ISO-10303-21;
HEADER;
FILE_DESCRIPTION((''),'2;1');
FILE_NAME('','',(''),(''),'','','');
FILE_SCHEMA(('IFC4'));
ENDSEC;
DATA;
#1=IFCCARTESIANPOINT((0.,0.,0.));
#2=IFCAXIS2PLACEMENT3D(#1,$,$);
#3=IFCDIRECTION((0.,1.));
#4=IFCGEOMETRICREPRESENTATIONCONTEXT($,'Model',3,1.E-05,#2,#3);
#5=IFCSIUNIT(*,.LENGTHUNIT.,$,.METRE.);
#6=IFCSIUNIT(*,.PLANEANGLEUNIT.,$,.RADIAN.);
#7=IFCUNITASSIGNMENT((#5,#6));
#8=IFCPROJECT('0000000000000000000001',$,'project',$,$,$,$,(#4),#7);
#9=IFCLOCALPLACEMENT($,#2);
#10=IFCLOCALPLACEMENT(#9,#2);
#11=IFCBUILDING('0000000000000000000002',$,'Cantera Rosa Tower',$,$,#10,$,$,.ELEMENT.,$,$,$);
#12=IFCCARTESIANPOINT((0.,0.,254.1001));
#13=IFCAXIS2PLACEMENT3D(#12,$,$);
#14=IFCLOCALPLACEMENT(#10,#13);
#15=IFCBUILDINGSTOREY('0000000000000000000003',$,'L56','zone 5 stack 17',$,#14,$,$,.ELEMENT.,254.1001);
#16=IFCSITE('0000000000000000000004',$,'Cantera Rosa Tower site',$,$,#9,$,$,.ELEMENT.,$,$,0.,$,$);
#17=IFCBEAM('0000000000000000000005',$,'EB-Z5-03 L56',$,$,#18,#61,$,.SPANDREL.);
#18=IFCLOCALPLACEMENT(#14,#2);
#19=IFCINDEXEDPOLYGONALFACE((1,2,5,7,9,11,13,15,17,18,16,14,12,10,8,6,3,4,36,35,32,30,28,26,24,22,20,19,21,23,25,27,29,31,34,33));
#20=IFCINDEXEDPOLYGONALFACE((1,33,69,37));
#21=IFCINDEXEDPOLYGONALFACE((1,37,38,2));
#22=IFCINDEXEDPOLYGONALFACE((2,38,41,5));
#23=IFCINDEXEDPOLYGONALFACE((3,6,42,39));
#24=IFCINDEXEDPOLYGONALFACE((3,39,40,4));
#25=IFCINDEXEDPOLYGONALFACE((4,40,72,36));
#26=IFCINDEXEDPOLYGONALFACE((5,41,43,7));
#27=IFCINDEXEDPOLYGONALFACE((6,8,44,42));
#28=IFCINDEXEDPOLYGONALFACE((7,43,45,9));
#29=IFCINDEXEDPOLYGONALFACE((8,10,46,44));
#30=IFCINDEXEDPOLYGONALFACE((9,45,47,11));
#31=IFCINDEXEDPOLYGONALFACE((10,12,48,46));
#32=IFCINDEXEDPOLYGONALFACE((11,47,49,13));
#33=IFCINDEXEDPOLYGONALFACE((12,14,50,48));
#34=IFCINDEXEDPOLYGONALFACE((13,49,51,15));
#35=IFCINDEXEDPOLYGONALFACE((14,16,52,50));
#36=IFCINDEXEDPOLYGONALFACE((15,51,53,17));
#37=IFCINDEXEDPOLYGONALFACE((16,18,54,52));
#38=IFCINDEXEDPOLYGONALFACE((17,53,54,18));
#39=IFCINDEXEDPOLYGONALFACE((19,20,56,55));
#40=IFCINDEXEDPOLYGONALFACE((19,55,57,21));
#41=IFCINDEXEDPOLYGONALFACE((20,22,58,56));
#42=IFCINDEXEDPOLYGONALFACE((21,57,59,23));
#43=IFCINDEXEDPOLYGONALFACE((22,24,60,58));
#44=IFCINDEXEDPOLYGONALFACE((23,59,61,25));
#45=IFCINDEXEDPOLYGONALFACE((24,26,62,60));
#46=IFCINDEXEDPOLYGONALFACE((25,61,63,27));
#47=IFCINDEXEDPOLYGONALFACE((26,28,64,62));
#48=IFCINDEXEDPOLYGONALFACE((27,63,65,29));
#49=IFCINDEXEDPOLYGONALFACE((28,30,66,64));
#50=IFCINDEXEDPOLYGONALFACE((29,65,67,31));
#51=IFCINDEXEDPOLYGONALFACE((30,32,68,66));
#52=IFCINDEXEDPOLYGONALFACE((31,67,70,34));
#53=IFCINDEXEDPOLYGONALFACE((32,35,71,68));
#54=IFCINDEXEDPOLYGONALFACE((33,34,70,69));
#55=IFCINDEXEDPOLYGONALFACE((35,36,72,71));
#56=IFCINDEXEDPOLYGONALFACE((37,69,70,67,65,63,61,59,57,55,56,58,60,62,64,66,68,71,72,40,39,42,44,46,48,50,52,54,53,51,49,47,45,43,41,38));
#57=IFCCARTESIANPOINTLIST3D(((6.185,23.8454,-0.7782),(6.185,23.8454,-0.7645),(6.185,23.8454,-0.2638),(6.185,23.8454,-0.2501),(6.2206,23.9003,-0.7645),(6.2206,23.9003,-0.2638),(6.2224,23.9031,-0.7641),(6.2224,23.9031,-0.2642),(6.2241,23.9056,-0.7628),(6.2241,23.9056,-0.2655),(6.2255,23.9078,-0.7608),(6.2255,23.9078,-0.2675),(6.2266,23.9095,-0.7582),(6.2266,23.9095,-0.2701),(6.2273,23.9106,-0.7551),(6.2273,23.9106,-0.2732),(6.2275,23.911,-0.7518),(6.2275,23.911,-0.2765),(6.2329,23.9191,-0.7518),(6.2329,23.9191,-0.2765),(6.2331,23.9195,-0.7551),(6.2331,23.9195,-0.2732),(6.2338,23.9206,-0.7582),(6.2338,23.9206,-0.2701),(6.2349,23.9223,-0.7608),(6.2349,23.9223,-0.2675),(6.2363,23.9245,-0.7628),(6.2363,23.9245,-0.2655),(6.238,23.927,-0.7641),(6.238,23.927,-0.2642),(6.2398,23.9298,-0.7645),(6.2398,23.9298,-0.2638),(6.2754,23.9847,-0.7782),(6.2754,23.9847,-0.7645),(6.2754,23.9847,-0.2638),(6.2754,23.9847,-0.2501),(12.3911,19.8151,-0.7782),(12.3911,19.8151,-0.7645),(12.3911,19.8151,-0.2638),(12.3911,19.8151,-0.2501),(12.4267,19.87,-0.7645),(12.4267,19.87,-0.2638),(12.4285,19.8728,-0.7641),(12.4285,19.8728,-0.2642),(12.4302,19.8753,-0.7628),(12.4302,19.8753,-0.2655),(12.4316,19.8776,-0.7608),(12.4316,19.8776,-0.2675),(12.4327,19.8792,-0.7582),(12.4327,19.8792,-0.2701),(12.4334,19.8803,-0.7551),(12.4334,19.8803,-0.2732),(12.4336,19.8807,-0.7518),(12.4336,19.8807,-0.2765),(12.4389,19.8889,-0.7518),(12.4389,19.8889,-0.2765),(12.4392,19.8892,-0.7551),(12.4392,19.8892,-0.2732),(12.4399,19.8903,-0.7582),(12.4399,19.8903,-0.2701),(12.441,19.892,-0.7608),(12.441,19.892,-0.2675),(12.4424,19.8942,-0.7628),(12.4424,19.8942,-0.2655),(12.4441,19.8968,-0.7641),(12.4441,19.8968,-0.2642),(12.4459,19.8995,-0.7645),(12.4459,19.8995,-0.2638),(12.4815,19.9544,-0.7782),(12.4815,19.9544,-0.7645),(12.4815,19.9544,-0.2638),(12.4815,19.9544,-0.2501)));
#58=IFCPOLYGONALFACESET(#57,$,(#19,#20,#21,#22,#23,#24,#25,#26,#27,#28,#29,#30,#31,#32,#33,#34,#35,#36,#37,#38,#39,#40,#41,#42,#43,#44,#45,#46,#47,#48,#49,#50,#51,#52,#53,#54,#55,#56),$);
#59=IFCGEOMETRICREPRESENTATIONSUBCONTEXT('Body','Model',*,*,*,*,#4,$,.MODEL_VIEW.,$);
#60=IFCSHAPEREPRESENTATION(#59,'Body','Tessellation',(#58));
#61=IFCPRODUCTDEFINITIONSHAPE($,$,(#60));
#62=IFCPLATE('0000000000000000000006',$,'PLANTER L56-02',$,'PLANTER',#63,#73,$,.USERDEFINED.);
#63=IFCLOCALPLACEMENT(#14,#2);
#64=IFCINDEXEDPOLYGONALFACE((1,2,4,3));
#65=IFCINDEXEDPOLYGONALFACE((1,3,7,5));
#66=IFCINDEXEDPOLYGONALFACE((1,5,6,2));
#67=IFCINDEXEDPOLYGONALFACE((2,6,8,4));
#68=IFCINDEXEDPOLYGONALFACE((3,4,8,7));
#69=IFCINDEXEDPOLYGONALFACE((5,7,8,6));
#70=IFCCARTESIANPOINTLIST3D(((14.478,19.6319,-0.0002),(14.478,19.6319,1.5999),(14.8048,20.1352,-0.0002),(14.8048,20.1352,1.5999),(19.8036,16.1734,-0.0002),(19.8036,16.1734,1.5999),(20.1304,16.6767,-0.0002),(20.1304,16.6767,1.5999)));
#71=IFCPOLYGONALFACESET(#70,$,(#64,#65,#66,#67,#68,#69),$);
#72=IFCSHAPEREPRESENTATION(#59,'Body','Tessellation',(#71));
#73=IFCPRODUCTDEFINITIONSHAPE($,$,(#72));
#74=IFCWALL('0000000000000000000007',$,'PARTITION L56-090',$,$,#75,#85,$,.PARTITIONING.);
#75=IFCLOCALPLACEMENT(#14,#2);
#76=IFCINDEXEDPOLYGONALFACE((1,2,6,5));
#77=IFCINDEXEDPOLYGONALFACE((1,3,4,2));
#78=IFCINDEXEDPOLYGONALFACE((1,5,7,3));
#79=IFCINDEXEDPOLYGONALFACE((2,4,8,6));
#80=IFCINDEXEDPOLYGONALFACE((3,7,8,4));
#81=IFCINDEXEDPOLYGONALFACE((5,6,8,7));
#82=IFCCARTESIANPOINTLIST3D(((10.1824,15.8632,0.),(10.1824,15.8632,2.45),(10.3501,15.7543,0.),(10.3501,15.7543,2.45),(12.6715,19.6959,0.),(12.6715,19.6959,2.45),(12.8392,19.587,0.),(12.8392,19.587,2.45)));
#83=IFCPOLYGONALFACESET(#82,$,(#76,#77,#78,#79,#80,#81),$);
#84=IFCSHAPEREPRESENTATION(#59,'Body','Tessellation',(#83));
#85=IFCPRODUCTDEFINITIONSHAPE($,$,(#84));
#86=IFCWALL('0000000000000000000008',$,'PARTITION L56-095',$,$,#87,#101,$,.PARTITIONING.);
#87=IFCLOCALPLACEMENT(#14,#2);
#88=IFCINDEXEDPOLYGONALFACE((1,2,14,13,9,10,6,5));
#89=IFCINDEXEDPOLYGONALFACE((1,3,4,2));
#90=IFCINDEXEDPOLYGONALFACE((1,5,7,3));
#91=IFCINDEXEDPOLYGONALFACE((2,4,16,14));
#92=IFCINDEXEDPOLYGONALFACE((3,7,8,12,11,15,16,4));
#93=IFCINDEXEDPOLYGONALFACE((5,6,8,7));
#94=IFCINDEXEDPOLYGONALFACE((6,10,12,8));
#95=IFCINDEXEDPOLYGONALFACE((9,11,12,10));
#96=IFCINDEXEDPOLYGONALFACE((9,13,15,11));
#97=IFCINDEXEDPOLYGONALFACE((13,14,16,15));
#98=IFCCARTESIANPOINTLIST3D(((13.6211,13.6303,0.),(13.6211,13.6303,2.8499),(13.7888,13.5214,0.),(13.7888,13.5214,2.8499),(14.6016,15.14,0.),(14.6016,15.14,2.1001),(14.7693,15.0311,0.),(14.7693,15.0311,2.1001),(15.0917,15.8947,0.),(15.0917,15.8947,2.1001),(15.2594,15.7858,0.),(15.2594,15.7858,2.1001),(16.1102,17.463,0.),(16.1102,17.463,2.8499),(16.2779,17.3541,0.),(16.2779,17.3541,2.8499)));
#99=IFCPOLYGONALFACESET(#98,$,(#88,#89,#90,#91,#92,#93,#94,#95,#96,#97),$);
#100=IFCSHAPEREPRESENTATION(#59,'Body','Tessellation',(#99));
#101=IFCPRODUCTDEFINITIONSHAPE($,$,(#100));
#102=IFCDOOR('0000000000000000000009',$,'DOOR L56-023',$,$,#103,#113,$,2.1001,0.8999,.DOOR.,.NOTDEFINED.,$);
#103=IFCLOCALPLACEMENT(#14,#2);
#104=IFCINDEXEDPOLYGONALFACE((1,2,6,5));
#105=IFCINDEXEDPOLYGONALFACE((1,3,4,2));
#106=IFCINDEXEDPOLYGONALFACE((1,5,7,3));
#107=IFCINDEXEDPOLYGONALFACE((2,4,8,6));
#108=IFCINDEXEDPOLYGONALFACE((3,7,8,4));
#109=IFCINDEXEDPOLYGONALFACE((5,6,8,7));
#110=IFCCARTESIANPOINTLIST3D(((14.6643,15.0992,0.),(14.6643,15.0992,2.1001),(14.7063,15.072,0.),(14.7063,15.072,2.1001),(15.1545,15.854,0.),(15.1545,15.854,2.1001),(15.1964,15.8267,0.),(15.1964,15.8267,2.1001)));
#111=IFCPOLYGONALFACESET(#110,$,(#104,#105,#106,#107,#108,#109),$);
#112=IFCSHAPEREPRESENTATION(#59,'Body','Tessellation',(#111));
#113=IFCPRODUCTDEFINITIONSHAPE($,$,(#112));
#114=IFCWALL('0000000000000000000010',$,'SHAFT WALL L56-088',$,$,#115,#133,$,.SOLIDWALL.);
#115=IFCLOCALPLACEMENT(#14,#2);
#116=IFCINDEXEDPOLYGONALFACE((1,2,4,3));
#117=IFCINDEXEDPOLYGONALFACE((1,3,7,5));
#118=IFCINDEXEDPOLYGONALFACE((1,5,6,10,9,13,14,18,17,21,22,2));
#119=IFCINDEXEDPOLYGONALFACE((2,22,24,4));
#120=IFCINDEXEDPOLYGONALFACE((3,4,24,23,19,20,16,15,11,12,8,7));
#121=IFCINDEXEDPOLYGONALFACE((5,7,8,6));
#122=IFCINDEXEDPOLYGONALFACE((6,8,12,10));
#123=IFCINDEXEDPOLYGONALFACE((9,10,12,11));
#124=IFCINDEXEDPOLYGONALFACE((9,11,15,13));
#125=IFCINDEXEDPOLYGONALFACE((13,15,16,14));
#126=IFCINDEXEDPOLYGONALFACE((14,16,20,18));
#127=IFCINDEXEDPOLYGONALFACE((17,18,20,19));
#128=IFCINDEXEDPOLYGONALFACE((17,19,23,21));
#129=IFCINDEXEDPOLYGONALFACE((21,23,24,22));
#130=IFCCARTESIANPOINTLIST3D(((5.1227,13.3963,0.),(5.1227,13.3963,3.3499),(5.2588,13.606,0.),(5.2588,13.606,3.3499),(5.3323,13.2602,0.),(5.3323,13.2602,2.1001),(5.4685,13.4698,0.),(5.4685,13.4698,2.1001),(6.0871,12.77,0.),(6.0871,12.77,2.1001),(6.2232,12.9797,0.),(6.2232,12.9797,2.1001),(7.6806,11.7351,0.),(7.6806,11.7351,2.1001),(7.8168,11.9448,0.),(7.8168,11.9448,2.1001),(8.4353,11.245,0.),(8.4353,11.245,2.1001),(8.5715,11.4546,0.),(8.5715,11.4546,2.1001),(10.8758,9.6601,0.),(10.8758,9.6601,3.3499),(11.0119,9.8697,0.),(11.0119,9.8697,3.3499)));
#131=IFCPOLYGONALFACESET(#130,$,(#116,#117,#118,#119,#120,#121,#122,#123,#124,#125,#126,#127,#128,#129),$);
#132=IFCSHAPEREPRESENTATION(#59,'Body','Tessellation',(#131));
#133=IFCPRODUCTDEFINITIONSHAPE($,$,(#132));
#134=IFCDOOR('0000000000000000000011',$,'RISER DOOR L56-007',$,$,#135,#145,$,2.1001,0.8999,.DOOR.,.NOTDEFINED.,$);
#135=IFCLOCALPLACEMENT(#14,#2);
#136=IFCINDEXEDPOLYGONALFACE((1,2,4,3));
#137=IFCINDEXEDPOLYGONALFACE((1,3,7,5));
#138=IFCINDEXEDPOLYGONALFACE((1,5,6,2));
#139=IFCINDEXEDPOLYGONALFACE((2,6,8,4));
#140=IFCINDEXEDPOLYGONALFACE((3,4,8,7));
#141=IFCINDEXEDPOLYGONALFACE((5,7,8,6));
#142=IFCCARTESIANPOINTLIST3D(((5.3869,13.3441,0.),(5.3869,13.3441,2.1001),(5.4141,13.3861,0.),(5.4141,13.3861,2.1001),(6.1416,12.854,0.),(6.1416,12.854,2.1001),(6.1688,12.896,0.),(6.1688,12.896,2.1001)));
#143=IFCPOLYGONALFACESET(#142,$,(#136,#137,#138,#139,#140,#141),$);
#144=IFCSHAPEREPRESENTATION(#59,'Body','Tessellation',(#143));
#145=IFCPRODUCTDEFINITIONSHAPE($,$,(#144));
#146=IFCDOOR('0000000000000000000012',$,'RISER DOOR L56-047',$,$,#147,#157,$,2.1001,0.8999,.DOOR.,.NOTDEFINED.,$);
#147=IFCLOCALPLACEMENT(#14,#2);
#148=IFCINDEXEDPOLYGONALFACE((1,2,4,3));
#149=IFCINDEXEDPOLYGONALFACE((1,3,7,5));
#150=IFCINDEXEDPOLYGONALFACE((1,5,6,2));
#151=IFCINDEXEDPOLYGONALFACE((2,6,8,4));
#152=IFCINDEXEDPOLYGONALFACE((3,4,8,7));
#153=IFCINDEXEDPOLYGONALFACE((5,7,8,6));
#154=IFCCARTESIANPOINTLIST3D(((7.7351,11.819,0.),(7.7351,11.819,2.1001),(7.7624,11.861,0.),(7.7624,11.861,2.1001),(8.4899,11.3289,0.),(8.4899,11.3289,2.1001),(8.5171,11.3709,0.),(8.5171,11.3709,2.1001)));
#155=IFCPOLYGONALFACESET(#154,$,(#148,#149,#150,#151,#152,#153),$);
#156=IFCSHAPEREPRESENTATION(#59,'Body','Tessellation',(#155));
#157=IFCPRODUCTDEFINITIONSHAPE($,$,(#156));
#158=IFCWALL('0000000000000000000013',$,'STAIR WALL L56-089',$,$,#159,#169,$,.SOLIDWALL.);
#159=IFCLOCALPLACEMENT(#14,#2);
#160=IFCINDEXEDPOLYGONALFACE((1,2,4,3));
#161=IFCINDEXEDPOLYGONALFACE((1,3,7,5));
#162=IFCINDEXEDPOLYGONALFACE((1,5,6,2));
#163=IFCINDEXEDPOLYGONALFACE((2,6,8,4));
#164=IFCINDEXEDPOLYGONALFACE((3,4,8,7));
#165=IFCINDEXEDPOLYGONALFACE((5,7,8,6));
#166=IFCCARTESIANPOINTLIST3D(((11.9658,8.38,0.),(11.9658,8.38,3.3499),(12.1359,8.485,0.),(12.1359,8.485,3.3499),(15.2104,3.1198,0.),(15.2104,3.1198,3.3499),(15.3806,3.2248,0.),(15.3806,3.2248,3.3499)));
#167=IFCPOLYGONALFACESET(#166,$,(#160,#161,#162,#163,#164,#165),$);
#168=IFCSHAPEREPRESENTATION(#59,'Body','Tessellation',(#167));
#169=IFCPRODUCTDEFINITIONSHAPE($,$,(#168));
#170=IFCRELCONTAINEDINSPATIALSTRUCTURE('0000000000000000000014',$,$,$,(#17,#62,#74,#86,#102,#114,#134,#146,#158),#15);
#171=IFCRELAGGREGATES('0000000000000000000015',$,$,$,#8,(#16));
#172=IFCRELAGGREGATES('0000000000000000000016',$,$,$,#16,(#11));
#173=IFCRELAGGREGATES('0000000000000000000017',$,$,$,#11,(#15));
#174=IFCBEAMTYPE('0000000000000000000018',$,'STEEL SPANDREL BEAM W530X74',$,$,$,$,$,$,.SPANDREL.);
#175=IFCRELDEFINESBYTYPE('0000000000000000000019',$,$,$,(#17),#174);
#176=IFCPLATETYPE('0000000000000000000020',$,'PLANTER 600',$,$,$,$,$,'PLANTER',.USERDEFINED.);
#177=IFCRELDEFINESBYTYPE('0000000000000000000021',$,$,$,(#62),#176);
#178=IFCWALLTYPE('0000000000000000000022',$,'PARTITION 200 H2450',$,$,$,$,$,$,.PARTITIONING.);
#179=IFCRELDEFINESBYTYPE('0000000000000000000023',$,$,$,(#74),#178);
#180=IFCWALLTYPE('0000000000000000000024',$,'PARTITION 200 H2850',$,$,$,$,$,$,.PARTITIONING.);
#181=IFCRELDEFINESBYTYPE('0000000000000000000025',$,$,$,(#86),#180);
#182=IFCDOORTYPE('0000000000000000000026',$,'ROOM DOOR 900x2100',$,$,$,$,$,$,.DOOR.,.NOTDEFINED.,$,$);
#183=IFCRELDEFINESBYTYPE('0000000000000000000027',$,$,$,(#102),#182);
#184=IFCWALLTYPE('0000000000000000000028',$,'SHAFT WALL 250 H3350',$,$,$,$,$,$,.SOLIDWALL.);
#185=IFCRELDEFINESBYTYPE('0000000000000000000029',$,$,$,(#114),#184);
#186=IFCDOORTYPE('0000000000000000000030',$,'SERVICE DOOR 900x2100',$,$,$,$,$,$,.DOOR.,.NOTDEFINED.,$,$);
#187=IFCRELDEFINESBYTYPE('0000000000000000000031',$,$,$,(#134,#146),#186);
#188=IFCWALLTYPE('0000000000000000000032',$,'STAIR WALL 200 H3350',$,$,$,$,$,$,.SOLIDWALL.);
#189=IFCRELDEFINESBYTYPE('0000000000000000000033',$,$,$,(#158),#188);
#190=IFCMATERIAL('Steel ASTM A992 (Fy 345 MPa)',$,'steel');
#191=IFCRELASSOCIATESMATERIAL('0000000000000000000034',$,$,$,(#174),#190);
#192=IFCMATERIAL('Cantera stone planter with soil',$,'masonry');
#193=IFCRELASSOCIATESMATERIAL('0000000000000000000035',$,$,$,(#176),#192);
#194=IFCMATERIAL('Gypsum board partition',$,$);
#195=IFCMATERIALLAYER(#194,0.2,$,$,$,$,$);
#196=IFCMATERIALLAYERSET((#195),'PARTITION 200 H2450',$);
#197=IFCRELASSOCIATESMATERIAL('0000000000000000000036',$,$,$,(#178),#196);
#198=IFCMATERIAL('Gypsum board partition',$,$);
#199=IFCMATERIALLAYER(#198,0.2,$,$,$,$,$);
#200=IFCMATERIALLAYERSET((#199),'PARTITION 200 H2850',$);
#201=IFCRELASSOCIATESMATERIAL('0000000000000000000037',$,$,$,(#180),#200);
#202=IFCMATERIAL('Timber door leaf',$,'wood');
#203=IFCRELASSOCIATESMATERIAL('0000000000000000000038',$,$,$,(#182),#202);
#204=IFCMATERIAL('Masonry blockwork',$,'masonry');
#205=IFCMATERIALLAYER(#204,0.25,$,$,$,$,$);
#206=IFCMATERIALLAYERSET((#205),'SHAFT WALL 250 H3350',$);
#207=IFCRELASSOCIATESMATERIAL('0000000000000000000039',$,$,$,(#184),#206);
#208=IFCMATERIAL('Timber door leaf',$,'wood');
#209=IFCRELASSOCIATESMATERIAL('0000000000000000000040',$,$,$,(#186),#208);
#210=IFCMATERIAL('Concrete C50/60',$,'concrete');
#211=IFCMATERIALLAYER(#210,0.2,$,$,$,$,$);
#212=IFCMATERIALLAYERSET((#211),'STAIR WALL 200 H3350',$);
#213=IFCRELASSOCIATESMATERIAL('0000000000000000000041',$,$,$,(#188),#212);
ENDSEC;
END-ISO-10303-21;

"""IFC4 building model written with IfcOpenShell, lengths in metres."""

from ifc_helpers import new_model, si_unit, direction, frame, frame_2d, origin, origin_2d, place, context, subcontext, project, spatial, rectangle, i_section, extrude, material, layer, layer_set, material_profile, profile_set, type_object, element, fill, save


model = new_model("IFC4")

# Units and contexts
model_context = context("Model", 3, precision=1e-05, world=origin(), true_north=direction((0.0, 1.0)))
body_context = subcontext(model_context, "Body", "Model", "MODEL_VIEW")
ifc_project = project(units=[si_unit("LENGTHUNIT", "METRE"), si_unit("PLANEANGLEUNIT", "RADIAN")], contexts=[model_context])

# Site, building, storey
site_placement = place(None, origin())
site = spatial("IfcSite", under=ifc_project, at=site_placement, Name="Cantera Rosa Tower site", CompositionType="ELEMENT", RefElevation=0.0)
building_placement = place(site_placement, origin())
building = spatial("IfcBuilding", under=site, at=building_placement, Name="Cantera Rosa Tower", CompositionType="ELEMENT")
storey_placement = place(building_placement, frame((0.0, 0.0, 254.1001)))
storey = spatial("IfcBuildingStorey", under=building, at=storey_placement, Name="L56", Description="zone 5 stack 17", CompositionType="ELEMENT", Elevation=254.1001)

# Beam
ifc_material_1 = material(Name="Steel ASTM A992 (Fy 345 MPa)", Category="steel")
ifc_material_profile_1 = material_profile(ifc_material_1, i_section(OverallWidth=0.166, OverallDepth=0.5281, WebThickness=0.0098, FlangeThickness=0.0137, FilletRadius=0.0127, at=origin_2d()), Name="W530X74")
ifc_profile_set_1 = profile_set([ifc_material_profile_1], Name="Steel ASTM A992 (Fy 345 MPa)")
beam_type_1 = type_object("IfcBeamType", Name="STEEL SPANDREL BEAM W530X74", PredefinedType="SPANDREL", material=ifc_profile_set_1)
beam_1_placement = place(storey_placement, frame((12.4363, 19.8848, -0.5142), z_axis=(-0.83867, 0.54464, 0.0), x_axis=(-0.54464, -0.83867, 0.0)))
element("IfcBeam", 1, at=beam_1_placement, inside=storey, type_object=beam_type_1, Name="EB-Z5-03 L56", PredefinedType="SPANDREL", context=body_context, shape_type="SweptSolid", body=[
    extrude(i_section(OverallWidth=0.166, OverallDepth=0.5281, WebThickness=0.0098, FlangeThickness=0.0137, FilletRadius=0.0127, at=origin_2d()), origin(), (0.0, 0.0, 1.0), 7.3999),
])

# Plate
ifc_material_2 = material(Name="Cantera stone planter with soil", Category="masonry")
plate_type = type_object("IfcPlateType", Name="PLANTER 600", ElementType="PLANTER", PredefinedType="USERDEFINED", material=ifc_material_2)
plate_placement = place(storey_placement, frame((17.3042, 18.1543, -0.0002), z_axis=(0.0, 0.0, 1.0), x_axis=(-0.838671, 0.544639, 0.0)))
element("IfcPlate", 2, at=plate_placement, inside=storey, type_object=plate_type, Name="PLANTER L56-02", ObjectType="PLANTER", PredefinedType="USERDEFINED", context=body_context, shape_type="SweptSolid", body=[
    extrude(rectangle(XDim=6.3501, YDim=0.6001, at=origin_2d()), origin(), (0.0, 0.0, 1.0), 1.6001),
])

# Wall
ifc_material_3 = material(Name="Gypsum board partition")
ifc_layer_1 = layer(ifc_material_3, 0.2)
ifc_layer_set_1 = layer_set([ifc_layer_1], Name="PARTITION 200 H2450")
wall_type_1 = type_object("IfcWallType", Name="PARTITION 200 H2450", PredefinedType="PARTITIONING", material=ifc_layer_set_1)
wall_1_placement = place(storey_placement, frame((12.7554, 19.6416, 0.0), z_axis=(0.0, 0.0, 1.0), x_axis=(-0.544637, -0.838672, 0.0)))
element("IfcWall", 3, at=wall_1_placement, inside=storey, type_object=wall_type_1, Name="PARTITION L56-090", PredefinedType="PARTITIONING", context=body_context, shape_type="SweptSolid", body=[
    extrude(rectangle(XDim=4.5701, YDim=0.2, at=frame_2d((2.2852, 0.0))), origin(), (0.0, 0.0, 1.0), 2.45),
])

# Wall, opening, door
ifc_material_4 = material(Name="Gypsum board partition")
ifc_layer_2 = layer(ifc_material_4, 0.2)
ifc_layer_set_2 = layer_set([ifc_layer_2], Name="PARTITION 200 H2850")
wall_type_2 = type_object("IfcWallType", Name="PARTITION 200 H2850", PredefinedType="PARTITIONING", material=ifc_layer_set_2)
wall_2_placement = place(storey_placement, frame((16.1941, 17.4087, 0.0), z_axis=(0.0, 0.0, 1.0), x_axis=(-0.544637, -0.838672, 0.0)))
wall_2 = element("IfcWall", 4, at=wall_2_placement, inside=storey, type_object=wall_type_2, Name="PARTITION L56-095", PredefinedType="PARTITIONING", context=body_context, shape_type="SweptSolid", body=[
    extrude(rectangle(XDim=4.5701, YDim=0.2, at=frame_2d((2.2852, 0.0))), origin(), (0.0, 0.0, 1.0), 2.8499),
])
opening_1_placement = place(wall_2_placement, frame((1.8701, 0.0, 0.0)))
opening_1 = element("IfcOpeningElement", 5, at=opening_1_placement, cuts=wall_2, PredefinedType="OPENING", context=body_context, shape_type="SweptSolid", body=[
    extrude(rectangle(XDim=0.8999, YDim=2.1001, at=frame_2d((0.45, 1.05))), frame((0.0, 0.1099, 0.0), z_axis=(0.0, -1.0, 0.0), x_axis=(1.0, 0.0, 0.0)), (0.0, 0.0, 1.0), 0.22),
])
ifc_material_5 = material(Name="Timber door leaf", Category="wood")
door_type_1 = type_object("IfcDoorType", Name="ROOM DOOR 900x2100", OperationType="NOTDEFINED", PredefinedType="DOOR", material=ifc_material_5)
door_1_placement = place(opening_1_placement, origin())
door_1 = element("IfcDoor", 6, at=door_1_placement, inside=storey, type_object=door_type_1, Name="DOOR L56-023", OperationType="NOTDEFINED", OverallHeight=2.1001, OverallWidth=0.8999, PredefinedType="DOOR", context=body_context, shape_type="SweptSolid", body=[
    extrude(rectangle(XDim=0.8999, YDim=2.1001, at=frame_2d((0.45, 1.05))), frame((0.0, 0.0249, 0.0), z_axis=(0.0, -1.0, 0.0), x_axis=(1.0, 0.0, 0.0)), (0.0, 0.0, 1.0), 0.05),
])
fill(opening_1, door_1)

# Wall, openings, doors
ifc_material_6 = material(Name="Masonry blockwork", Category="masonry")
ifc_layer_3 = layer(ifc_material_6, 0.25)
ifc_layer_set_3 = layer_set([ifc_layer_3], Name="SHAFT WALL 250 H3350")
wall_type_3 = type_object("IfcWallType", Name="SHAFT WALL 250 H3350", PredefinedType="SOLIDWALL", material=ifc_layer_set_3)
wall_3_placement = place(storey_placement, frame((10.9438, 9.7649, 0.0), z_axis=(0.0, 0.0, 1.0), x_axis=(-0.838659, 0.544657, 0.0)))
wall_3 = element("IfcWall", 7, at=wall_3_placement, inside=storey, type_object=wall_type_3, Name="SHAFT WALL L56-088", PredefinedType="SOLIDWALL", context=body_context, shape_type="SweptSolid", body=[
    extrude(rectangle(XDim=6.8599, YDim=0.25, at=frame_2d((3.4299, 0.0))), origin(), (0.0, 0.0, 1.0), 3.3499),
])
opening_2_placement = place(wall_3_placement, frame((5.71, 0.0, 0.0)))
opening_2 = element("IfcOpeningElement", 8, at=opening_2_placement, cuts=wall_3, PredefinedType="OPENING", context=body_context, shape_type="SweptSolid", body=[
    extrude(rectangle(XDim=0.8999, YDim=2.1001, at=frame_2d((0.45, 1.05))), frame((0.0, 0.135, 0.0), z_axis=(0.0, -1.0, 0.0), x_axis=(1.0, 0.0, 0.0)), (0.0, 0.0, 1.0), 0.27),
])
opening_3_placement = place(wall_3_placement, frame((2.9099, 0.0, 0.0)))
opening_3 = element("IfcOpeningElement", 9, at=opening_3_placement, cuts=wall_3, PredefinedType="OPENING", context=body_context, shape_type="SweptSolid", body=[
    extrude(rectangle(XDim=0.8999, YDim=2.1001, at=frame_2d((0.45, 1.05))), frame((0.0, 0.135, 0.0), z_axis=(0.0, -1.0, 0.0), x_axis=(1.0, 0.0, 0.0)), (0.0, 0.0, 1.0), 0.27),
])
ifc_material_7 = material(Name="Timber door leaf", Category="wood")
door_type_2 = type_object("IfcDoorType", Name="SERVICE DOOR 900x2100", OperationType="NOTDEFINED", PredefinedType="DOOR", material=ifc_material_7)
door_2_placement = place(opening_2_placement, origin())
door_2 = element("IfcDoor", 10, at=door_2_placement, inside=storey, type_object=door_type_2, Name="RISER DOOR L56-007", OperationType="NOTDEFINED", OverallHeight=2.1001, OverallWidth=0.8999, PredefinedType="DOOR", context=body_context, shape_type="SweptSolid", body=[
    extrude(rectangle(XDim=0.8999, YDim=2.1001, at=frame_2d((0.45, 1.05))), frame((0.0, 0.0249, 0.0), z_axis=(0.0, -1.0, 0.0), x_axis=(1.0, 0.0, 0.0)), (0.0, 0.0, 1.0), 0.05),
])
fill(opening_2, door_2)
door_3_placement = place(opening_3_placement, origin())
door_3 = element("IfcDoor", 11, at=door_3_placement, inside=storey, type_object=door_type_2, Name="RISER DOOR L56-047", OperationType="NOTDEFINED", OverallHeight=2.1001, OverallWidth=0.8999, PredefinedType="DOOR", context=body_context, shape_type="SweptSolid", body=[
    extrude(rectangle(XDim=0.8999, YDim=2.1001, at=frame_2d((0.45, 1.05))), frame((0.0, 0.0249, 0.0), z_axis=(0.0, -1.0, 0.0), x_axis=(1.0, 0.0, 0.0)), (0.0, 0.0, 1.0), 0.05),
])
fill(opening_3, door_3)

# Wall
ifc_material_8 = material(Name="Concrete C50/60", Category="concrete")
ifc_layer_4 = layer(ifc_material_8, 0.2)
ifc_layer_set_4 = layer_set([ifc_layer_4], Name="STAIR WALL 200 H3350")
wall_type_4 = type_object("IfcWallType", Name="STAIR WALL 200 H3350", PredefinedType="SOLIDWALL", material=ifc_layer_set_4)
wall_4_placement = place(storey_placement, frame((12.0508, 8.4326, 0.0), z_axis=(0.0, 0.0, 1.0), x_axis=(0.524983, -0.851113, 0.0)))
element("IfcWall", 12, at=wall_4_placement, inside=storey, type_object=wall_type_4, Name="STAIR WALL L56-089", PredefinedType="SOLIDWALL", context=body_context, shape_type="SweptSolid", body=[
    extrude(rectangle(XDim=6.1804, YDim=0.2, at=frame_2d((3.0903, 0.0))), origin(), (0.0, 0.0, 1.0), 3.3499),
])

save(model, "model.ifc")
